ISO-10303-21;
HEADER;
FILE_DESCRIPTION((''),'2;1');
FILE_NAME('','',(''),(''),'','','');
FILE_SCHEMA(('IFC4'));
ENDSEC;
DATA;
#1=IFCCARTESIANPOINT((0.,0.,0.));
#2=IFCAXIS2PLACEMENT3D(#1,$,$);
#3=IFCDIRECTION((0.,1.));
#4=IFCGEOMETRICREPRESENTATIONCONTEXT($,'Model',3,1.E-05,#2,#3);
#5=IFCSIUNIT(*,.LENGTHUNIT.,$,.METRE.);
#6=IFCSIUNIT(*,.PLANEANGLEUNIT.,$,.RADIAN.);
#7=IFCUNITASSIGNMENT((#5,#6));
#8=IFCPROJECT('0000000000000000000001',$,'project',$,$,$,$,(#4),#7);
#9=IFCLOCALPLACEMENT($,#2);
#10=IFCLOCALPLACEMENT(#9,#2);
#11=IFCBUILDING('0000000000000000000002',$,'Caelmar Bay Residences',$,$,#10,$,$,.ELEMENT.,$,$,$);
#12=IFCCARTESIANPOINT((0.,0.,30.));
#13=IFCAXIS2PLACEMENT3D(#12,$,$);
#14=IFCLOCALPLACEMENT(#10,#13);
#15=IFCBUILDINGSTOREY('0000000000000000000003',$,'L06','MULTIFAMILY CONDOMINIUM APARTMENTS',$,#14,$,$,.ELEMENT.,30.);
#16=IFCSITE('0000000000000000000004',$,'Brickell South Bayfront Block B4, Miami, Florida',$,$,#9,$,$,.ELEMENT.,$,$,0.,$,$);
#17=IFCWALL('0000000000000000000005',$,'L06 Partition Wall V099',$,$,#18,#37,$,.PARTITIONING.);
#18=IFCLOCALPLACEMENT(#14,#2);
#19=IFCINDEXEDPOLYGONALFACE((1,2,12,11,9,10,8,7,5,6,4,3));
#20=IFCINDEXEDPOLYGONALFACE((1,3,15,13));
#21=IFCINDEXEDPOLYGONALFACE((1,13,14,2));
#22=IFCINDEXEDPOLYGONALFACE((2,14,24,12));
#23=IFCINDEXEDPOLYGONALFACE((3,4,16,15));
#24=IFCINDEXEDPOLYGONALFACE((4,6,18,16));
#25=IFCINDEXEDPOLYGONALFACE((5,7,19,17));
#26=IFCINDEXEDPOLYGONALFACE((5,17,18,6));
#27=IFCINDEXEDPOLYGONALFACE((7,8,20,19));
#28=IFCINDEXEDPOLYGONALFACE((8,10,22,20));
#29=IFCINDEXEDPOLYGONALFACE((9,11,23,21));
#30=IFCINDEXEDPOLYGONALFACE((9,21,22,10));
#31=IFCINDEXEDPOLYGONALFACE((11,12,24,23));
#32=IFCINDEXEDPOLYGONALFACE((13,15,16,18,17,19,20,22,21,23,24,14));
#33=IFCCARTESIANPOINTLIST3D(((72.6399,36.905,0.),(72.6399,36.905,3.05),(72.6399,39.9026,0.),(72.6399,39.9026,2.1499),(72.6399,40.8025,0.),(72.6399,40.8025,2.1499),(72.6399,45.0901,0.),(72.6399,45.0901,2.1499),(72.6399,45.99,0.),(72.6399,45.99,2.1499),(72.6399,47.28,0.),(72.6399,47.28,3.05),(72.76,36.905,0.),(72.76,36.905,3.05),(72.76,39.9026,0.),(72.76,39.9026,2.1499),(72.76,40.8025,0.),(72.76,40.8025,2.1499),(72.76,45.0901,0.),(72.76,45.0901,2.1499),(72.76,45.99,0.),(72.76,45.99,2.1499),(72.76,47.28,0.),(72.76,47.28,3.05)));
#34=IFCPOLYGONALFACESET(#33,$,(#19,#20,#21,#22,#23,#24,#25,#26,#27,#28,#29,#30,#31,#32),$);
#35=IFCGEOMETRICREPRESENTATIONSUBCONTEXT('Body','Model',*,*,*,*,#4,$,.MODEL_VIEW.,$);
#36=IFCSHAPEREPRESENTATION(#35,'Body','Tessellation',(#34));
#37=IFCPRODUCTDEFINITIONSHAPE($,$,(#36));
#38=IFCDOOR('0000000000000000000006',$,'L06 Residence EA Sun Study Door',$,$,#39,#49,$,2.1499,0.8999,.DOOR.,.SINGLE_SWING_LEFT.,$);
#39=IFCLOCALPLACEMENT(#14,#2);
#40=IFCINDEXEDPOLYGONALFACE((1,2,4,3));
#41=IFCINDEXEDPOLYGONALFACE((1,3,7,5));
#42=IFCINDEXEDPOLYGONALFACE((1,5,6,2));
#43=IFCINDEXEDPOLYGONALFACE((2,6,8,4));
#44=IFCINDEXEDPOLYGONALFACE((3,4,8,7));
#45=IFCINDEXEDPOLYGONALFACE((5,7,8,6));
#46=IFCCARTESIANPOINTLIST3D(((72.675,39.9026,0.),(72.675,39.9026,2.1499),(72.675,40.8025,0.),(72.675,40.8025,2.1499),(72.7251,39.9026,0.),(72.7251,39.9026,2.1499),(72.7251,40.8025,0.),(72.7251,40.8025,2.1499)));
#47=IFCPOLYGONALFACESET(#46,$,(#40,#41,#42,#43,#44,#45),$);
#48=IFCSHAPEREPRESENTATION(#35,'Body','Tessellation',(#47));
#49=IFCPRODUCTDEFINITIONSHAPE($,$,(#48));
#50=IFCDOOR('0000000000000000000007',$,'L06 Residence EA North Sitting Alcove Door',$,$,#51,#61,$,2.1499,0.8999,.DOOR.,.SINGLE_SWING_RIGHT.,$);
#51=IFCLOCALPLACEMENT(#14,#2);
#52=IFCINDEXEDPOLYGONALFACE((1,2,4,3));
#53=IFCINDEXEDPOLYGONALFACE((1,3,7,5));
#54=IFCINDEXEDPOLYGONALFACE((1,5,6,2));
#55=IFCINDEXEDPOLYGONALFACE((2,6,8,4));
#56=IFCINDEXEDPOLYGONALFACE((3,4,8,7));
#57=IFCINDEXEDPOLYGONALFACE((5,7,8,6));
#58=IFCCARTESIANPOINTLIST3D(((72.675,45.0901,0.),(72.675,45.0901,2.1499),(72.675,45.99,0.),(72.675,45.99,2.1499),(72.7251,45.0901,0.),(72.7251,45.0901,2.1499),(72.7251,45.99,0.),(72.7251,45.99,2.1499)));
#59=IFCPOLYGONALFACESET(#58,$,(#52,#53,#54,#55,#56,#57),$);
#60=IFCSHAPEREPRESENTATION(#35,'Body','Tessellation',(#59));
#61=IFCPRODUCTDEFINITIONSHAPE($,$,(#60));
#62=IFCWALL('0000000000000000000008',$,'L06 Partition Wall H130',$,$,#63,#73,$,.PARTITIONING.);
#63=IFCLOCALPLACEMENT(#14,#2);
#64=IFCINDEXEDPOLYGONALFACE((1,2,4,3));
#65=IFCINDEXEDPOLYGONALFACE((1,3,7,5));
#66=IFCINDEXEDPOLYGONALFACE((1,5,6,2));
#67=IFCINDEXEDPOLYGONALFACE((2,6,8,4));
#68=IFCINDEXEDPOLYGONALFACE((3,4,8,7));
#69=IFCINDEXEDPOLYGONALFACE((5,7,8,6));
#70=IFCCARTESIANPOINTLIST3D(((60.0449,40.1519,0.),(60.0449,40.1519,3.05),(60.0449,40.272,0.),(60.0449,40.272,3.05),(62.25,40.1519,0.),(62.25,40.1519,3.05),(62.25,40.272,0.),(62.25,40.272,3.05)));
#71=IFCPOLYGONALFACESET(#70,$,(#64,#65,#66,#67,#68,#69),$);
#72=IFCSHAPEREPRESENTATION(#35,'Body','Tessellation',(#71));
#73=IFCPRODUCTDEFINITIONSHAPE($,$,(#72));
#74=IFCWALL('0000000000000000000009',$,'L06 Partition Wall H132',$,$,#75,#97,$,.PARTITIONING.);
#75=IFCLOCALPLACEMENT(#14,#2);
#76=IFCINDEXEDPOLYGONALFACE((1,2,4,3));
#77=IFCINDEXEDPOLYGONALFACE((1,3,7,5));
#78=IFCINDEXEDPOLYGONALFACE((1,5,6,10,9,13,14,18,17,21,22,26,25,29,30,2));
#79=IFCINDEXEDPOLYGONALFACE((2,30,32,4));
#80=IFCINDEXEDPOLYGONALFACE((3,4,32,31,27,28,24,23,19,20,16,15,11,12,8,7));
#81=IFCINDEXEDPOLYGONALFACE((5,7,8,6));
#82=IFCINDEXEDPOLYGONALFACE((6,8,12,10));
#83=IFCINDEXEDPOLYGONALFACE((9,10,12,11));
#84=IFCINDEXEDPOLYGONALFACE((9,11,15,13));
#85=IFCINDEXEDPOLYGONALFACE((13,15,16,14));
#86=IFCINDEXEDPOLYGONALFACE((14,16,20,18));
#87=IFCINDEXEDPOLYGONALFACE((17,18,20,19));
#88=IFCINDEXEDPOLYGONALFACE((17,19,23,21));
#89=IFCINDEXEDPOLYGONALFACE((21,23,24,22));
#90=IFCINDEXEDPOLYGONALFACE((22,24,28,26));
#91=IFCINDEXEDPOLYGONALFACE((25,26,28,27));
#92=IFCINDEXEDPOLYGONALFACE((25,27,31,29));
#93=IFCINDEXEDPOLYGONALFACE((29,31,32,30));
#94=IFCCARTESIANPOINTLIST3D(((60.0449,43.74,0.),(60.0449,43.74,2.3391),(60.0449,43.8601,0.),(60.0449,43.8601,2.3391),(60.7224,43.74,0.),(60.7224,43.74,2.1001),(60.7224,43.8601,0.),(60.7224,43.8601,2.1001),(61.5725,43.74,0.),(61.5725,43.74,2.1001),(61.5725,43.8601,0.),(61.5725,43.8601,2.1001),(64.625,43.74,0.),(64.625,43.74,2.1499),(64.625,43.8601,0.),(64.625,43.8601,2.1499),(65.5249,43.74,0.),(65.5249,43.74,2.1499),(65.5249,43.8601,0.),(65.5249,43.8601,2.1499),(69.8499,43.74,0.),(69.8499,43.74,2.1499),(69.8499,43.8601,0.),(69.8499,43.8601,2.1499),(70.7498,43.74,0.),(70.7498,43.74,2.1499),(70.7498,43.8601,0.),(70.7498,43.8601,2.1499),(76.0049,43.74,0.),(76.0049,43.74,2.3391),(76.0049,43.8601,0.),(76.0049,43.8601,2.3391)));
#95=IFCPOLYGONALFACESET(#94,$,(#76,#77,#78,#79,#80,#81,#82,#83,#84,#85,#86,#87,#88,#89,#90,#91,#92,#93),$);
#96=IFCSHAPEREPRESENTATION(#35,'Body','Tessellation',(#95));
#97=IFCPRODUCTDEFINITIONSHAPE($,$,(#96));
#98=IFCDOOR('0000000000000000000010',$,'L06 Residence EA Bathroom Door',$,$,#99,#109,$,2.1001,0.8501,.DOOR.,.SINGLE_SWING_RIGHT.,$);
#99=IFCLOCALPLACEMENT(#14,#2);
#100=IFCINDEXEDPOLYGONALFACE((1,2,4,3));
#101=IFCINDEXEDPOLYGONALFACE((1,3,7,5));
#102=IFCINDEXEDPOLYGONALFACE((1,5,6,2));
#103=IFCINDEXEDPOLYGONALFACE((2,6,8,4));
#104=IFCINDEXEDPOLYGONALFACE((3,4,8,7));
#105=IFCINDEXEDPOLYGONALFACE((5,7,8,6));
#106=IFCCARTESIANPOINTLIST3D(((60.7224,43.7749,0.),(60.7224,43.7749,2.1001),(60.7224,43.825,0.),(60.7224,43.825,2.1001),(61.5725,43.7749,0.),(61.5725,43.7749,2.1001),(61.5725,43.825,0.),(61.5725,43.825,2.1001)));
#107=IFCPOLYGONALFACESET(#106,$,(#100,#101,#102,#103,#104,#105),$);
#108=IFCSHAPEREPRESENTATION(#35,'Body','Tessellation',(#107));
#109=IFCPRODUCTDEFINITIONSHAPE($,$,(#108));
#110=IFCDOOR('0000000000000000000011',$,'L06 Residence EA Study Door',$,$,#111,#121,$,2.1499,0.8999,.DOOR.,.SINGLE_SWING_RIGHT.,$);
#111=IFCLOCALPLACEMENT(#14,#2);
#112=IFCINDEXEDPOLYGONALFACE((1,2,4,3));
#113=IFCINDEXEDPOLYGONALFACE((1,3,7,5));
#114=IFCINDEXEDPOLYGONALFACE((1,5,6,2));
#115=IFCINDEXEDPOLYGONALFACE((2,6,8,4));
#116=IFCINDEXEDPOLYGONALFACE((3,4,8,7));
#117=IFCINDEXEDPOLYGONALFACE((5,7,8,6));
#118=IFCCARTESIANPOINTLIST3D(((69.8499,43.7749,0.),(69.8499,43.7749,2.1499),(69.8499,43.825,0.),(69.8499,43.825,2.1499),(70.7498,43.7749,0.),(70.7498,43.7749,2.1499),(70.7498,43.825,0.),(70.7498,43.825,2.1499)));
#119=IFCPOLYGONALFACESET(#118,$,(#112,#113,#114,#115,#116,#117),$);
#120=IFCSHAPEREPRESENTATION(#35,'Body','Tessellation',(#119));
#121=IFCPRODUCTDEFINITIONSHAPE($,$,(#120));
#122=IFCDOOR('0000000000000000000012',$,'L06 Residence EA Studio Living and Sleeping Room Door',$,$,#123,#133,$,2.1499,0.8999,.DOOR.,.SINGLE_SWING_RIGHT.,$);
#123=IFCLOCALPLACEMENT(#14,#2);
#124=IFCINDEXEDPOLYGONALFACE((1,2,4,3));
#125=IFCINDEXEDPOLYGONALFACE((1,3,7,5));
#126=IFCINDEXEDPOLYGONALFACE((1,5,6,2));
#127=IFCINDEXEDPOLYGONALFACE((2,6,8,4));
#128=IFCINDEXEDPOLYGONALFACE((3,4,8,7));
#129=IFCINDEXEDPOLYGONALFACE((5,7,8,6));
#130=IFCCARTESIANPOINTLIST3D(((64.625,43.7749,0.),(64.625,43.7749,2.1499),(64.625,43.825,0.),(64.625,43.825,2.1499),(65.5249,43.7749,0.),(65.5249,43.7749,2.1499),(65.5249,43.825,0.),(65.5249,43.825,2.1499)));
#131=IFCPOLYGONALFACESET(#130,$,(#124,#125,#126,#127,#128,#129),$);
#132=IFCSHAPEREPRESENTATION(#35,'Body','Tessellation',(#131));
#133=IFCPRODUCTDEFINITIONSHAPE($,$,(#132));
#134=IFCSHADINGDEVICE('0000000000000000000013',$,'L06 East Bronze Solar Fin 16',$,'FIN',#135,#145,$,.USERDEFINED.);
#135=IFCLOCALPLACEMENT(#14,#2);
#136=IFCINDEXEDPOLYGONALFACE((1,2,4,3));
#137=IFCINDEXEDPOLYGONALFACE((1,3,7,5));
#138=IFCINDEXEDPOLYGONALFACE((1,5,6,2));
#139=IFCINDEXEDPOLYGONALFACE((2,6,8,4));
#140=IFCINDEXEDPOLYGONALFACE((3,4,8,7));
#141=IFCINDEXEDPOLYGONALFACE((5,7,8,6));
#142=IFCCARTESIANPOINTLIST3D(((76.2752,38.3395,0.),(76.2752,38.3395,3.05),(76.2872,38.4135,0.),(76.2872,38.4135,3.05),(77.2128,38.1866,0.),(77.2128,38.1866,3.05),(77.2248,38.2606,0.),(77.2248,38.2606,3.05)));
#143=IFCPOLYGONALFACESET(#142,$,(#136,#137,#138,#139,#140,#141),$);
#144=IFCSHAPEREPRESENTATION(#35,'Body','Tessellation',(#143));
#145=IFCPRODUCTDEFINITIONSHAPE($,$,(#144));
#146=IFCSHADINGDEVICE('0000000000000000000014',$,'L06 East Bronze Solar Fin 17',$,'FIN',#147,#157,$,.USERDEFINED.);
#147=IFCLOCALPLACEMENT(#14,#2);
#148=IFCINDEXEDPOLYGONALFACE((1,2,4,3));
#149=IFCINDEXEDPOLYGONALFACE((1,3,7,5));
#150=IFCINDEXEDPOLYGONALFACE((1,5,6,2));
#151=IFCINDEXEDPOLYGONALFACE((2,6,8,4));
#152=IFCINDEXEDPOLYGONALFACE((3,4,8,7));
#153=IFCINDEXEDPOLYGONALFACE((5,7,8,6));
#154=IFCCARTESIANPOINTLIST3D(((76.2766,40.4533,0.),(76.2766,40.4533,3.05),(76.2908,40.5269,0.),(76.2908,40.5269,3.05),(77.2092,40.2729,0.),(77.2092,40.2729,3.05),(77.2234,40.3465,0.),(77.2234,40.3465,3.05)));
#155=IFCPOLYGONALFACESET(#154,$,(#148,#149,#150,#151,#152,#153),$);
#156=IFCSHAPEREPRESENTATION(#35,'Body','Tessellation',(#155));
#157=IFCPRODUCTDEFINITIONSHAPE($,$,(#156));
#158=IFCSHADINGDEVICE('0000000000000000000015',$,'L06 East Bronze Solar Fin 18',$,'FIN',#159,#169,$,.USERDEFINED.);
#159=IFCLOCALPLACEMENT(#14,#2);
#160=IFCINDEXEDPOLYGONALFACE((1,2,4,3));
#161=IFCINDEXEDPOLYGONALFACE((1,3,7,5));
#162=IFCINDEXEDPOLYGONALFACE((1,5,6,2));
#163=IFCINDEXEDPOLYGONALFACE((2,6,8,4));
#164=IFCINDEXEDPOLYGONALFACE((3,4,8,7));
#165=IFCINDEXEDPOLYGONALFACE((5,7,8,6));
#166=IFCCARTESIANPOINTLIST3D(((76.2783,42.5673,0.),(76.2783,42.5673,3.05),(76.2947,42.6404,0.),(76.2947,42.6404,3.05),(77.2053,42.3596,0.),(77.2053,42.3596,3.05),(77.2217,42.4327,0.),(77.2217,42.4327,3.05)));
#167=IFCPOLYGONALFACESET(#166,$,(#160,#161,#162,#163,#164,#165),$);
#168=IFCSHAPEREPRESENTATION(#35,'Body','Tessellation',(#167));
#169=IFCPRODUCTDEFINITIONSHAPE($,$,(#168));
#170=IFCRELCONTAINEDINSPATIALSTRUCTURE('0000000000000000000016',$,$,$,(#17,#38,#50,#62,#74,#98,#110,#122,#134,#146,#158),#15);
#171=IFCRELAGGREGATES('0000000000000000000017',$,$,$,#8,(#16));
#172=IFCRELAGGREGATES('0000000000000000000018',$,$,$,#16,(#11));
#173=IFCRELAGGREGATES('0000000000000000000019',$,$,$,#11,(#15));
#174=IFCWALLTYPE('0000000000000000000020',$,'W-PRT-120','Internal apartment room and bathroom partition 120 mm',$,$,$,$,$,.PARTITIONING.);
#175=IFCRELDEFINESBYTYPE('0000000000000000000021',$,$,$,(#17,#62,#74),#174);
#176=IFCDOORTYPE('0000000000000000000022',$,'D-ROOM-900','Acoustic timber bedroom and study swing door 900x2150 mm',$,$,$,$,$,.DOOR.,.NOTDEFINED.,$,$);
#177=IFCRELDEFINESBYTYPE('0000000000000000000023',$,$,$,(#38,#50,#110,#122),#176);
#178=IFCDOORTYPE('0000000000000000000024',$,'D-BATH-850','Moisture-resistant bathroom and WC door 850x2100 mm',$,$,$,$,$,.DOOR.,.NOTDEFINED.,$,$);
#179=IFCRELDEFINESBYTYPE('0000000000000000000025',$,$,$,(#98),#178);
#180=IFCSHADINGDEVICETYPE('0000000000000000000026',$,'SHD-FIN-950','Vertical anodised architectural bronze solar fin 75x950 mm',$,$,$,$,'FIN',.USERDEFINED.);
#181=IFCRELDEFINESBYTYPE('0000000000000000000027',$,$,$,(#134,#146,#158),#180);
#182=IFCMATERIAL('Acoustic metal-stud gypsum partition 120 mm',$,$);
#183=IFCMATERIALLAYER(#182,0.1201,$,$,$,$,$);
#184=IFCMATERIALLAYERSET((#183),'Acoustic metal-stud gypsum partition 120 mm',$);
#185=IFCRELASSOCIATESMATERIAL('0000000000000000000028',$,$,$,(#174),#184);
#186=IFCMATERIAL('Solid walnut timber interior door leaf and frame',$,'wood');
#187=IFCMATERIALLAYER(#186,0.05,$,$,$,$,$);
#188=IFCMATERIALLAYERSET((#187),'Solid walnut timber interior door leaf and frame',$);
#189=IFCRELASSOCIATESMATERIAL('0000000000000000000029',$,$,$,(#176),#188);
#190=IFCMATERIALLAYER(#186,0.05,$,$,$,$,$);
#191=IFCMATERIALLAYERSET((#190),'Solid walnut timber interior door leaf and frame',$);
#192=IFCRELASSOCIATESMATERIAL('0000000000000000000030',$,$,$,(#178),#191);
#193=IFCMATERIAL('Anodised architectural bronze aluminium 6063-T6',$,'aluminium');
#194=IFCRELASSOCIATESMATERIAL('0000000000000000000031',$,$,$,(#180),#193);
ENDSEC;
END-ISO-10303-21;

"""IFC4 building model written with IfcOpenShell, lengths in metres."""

from ifc_helpers import new_model, si_unit, direction, frame, frame_2d, origin, origin_2d, place, context, subcontext, project, spatial, rectangle, extrude, material, layer, layer_set, material_profile, profile_set, type_object, element, fill, save


model = new_model("IFC4")

# Units and contexts
model_context = context("Model", 3, precision=1e-05, world=origin(), true_north=direction((0.0, 1.0)))
body_context = subcontext(model_context, "Body", "Model", "MODEL_VIEW")
ifc_project = project(units=[si_unit("LENGTHUNIT", "METRE"), si_unit("PLANEANGLEUNIT", "RADIAN")], contexts=[model_context])

# Site, building, storey
site_placement = place(None, origin())
site = spatial("IfcSite", under=ifc_project, at=site_placement, Name="Brickell South Bayfront Block B4, Miami, Florida", CompositionType="ELEMENT", RefElevation=0.0)
building_placement = place(site_placement, origin())
building = spatial("IfcBuilding", under=site, at=building_placement, Name="Caelmar Bay Residences", CompositionType="ELEMENT")
storey_placement = place(building_placement, frame((0.0, 0.0, 30.0)))
storey = spatial("IfcBuildingStorey", under=building, at=storey_placement, Name="L06", Description="MULTIFAMILY CONDOMINIUM APARTMENTS", CompositionType="ELEMENT", Elevation=30.0)

# Wall, openings, doors
ifc_material_1 = material(Name="Acoustic metal-stud gypsum partition 120 mm")
ifc_layer_1 = layer(ifc_material_1, 0.1201)
ifc_layer_set_1 = layer_set([ifc_layer_1], Name="Acoustic metal-stud gypsum partition 120 mm")
wall_type_1 = type_object("IfcWallType", Name="W-PRT-120", Description="Internal apartment room and bathroom partition 120 mm", PredefinedType="PARTITIONING", material=ifc_layer_set_1)
wall_1_placement = place(storey_placement, frame((72.7, 36.905, 0.0), z_axis=(0.0, 0.0, 1.0), x_axis=(0.0, 1.0, 0.0)))
wall_1 = element("IfcWall", 1, at=wall_1_placement, inside=storey, type_object=wall_type_1, Name="L06 Partition Wall V099", PredefinedType="PARTITIONING", context=body_context, shape_type="SweptSolid", body=[
    extrude(rectangle(XDim=10.375, YDim=0.1201, at=frame_2d((5.1875, 0.0))), origin(), (0.0, 0.0, 1.0), 3.05),
])
opening_1_placement = place(wall_1_placement, frame((2.9976, 0.0, 0.0)))
opening_1 = element("IfcOpeningElement", 2, at=opening_1_placement, cuts=wall_1, PredefinedType="OPENING", context=body_context, shape_type="SweptSolid", body=[
    extrude(rectangle(XDim=0.8999, YDim=2.1499, at=frame_2d((0.45, 1.075))), frame((0.0, 0.0701, 0.0), z_axis=(0.0, -1.0, 0.0), x_axis=(1.0, 0.0, 0.0)), (0.0, 0.0, 1.0), 0.1401),
])
opening_2_placement = place(wall_1_placement, frame((8.1851, 0.0, 0.0)))
opening_2 = element("IfcOpeningElement", 3, at=opening_2_placement, cuts=wall_1, PredefinedType="OPENING", context=body_context, shape_type="SweptSolid", body=[
    extrude(rectangle(XDim=0.8999, YDim=2.1499, at=frame_2d((0.45, 1.075))), frame((0.0, 0.0701, 0.0), z_axis=(0.0, -1.0, 0.0), x_axis=(1.0, 0.0, 0.0)), (0.0, 0.0, 1.0), 0.1401),
])
ifc_material_2 = material(Name="Solid walnut timber interior door leaf and frame", Category="wood")
ifc_layer_2 = layer(ifc_material_2, 0.05)
ifc_layer_set_2 = layer_set([ifc_layer_2], Name="Solid walnut timber interior door leaf and frame")
door_type_1 = type_object("IfcDoorType", Name="D-ROOM-900", Description="Acoustic timber bedroom and study swing door 900x2150 mm", OperationType="NOTDEFINED", PredefinedType="DOOR", material=ifc_layer_set_2)
door_1_placement = place(opening_1_placement, origin())
door_1 = element("IfcDoor", 4, at=door_1_placement, inside=storey, type_object=door_type_1, Name="L06 Residence EA Sun Study Door", OperationType="SINGLE_SWING_LEFT", OverallHeight=2.1499, OverallWidth=0.8999, PredefinedType="DOOR", context=body_context, shape_type="SweptSolid", body=[
    extrude(rectangle(XDim=0.8999, YDim=2.1499, at=frame_2d((0.45, 1.075))), frame((0.0, 0.0249, 0.0), z_axis=(0.0, -1.0, 0.0), x_axis=(1.0, 0.0, 0.0)), (0.0, 0.0, 1.0), 0.05),
])
fill(opening_1, door_1)
door_2_placement = place(opening_2_placement, origin())
door_2 = element("IfcDoor", 5, at=door_2_placement, inside=storey, type_object=door_type_1, Name="L06 Residence EA North Sitting Alcove Door", OperationType="SINGLE_SWING_RIGHT", OverallHeight=2.1499, OverallWidth=0.8999, PredefinedType="DOOR", context=body_context, shape_type="SweptSolid", body=[
    extrude(rectangle(XDim=0.8999, YDim=2.1499, at=frame_2d((0.45, 1.075))), frame((0.0, 0.0249, 0.0), z_axis=(0.0, -1.0, 0.0), x_axis=(1.0, 0.0, 0.0)), (0.0, 0.0, 1.0), 0.05),
])
fill(opening_2, door_2)

# Wall
wall_2_placement = place(storey_placement, frame((60.0449, 40.2119, 0.0), z_axis=(0.0, 0.0, 1.0), x_axis=(1.0, 0.0, 0.0)))
element("IfcWall", 6, at=wall_2_placement, inside=storey, type_object=wall_type_1, Name="L06 Partition Wall H130", PredefinedType="PARTITIONING", context=body_context, shape_type="SweptSolid", body=[
    extrude(rectangle(XDim=2.2051, YDim=0.1201, at=frame_2d((1.1025, 0.0))), origin(), (0.0, 0.0, 1.0), 3.05),
])

# Wall, openings, doors
wall_3_placement = place(storey_placement, frame((60.0449, 43.8, 0.0), z_axis=(0.0, 0.0, 1.0), x_axis=(1.0, 0.0, 0.0)))
wall_3 = element("IfcWall", 7, at=wall_3_placement, inside=storey, type_object=wall_type_1, Name="L06 Partition Wall H132", PredefinedType="PARTITIONING", context=body_context, shape_type="SweptSolid", body=[
    extrude(rectangle(XDim=15.96, YDim=0.1201, at=frame_2d((7.98, 0.0))), origin(), (0.0, 0.0, 1.0), 2.3391),
])
opening_3_placement = place(wall_3_placement, frame((9.8049, 0.0, 0.0)))
opening_3 = element("IfcOpeningElement", 8, at=opening_3_placement, cuts=wall_3, PredefinedType="OPENING", context=body_context, shape_type="SweptSolid", body=[
    extrude(rectangle(XDim=0.8999, YDim=2.1499, at=frame_2d((0.45, 1.075))), frame((0.0, 0.0701, 0.0), z_axis=(0.0, -1.0, 0.0), x_axis=(1.0, 0.0, 0.0)), (0.0, 0.0, 1.0), 0.1401),
])
opening_4_placement = place(wall_3_placement, frame((4.5801, 0.0, 0.0)))
opening_4 = element("IfcOpeningElement", 9, at=opening_4_placement, cuts=wall_3, PredefinedType="OPENING", context=body_context, shape_type="SweptSolid", body=[
    extrude(rectangle(XDim=0.8999, YDim=2.1499, at=frame_2d((0.45, 1.075))), frame((0.0, 0.0701, 0.0), z_axis=(0.0, -1.0, 0.0), x_axis=(1.0, 0.0, 0.0)), (0.0, 0.0, 1.0), 0.1401),
])
opening_5_placement = place(wall_3_placement, frame((0.6775, 0.0, 0.0)))
opening_5 = element("IfcOpeningElement", 10, at=opening_5_placement, cuts=wall_3, PredefinedType="OPENING", context=body_context, shape_type="SweptSolid", body=[
    extrude(rectangle(XDim=0.8501, YDim=2.1001, at=frame_2d((0.425, 1.05))), frame((0.0, 0.0701, 0.0), z_axis=(0.0, -1.0, 0.0), x_axis=(1.0, 0.0, 0.0)), (0.0, 0.0, 1.0), 0.1401),
])
ifc_layer_3 = layer(ifc_material_2, 0.05)
ifc_layer_set_3 = layer_set([ifc_layer_3], Name="Solid walnut timber interior door leaf and frame")
door_type_2 = type_object("IfcDoorType", Name="D-BATH-850", Description="Moisture-resistant bathroom and WC door 850x2100 mm", OperationType="NOTDEFINED", PredefinedType="DOOR", material=ifc_layer_set_3)
door_3_placement = place(opening_5_placement, origin())
door_3 = element("IfcDoor", 11, at=door_3_placement, inside=storey, type_object=door_type_2, Name="L06 Residence EA Bathroom Door", OperationType="SINGLE_SWING_RIGHT", OverallHeight=2.1001, OverallWidth=0.8501, PredefinedType="DOOR", context=body_context, shape_type="SweptSolid", body=[
    extrude(rectangle(XDim=0.8501, YDim=2.1001, at=frame_2d((0.425, 1.05))), frame((0.0, 0.0249, 0.0), z_axis=(0.0, -1.0, 0.0), x_axis=(1.0, 0.0, 0.0)), (0.0, 0.0, 1.0), 0.05),
])
fill(opening_5, door_3)
door_4_placement = place(opening_3_placement, origin())
door_4 = element("IfcDoor", 12, at=door_4_placement, inside=storey, type_object=door_type_1, Name="L06 Residence EA Study Door", OperationType="SINGLE_SWING_RIGHT", OverallHeight=2.1499, OverallWidth=0.8999, PredefinedType="DOOR", context=body_context, shape_type="SweptSolid", body=[
    extrude(rectangle(XDim=0.8999, YDim=2.1499, at=frame_2d((0.45, 1.075))), frame((0.0, 0.0249, 0.0), z_axis=(0.0, -1.0, 0.0), x_axis=(1.0, 0.0, 0.0)), (0.0, 0.0, 1.0), 0.05),
])
fill(opening_3, door_4)
door_5_placement = place(opening_4_placement, origin())
door_5 = element("IfcDoor", 13, at=door_5_placement, inside=storey, type_object=door_type_1, Name="L06 Residence EA Studio Living and Sleeping Room Door", OperationType="SINGLE_SWING_RIGHT", OverallHeight=2.1499, OverallWidth=0.8999, PredefinedType="DOOR", context=body_context, shape_type="SweptSolid", body=[
    extrude(rectangle(XDim=0.8999, YDim=2.1499, at=frame_2d((0.45, 1.075))), frame((0.0, 0.0249, 0.0), z_axis=(0.0, -1.0, 0.0), x_axis=(1.0, 0.0, 0.0)), (0.0, 0.0, 1.0), 0.05),
])
fill(opening_4, door_5)

# Shading devices
ifc_material_3 = material(Name="Anodised architectural bronze aluminium 6063-T6", Category="aluminium")
ifc_material_profile_1 = material_profile(ifc_material_3, rectangle(XDim=0.075, YDim=0.95, at=origin_2d()), Name="BRONZE-FIN-75X950")
ifc_profile_set_1 = profile_set([ifc_material_profile_1], Name="Anodised architectural bronze aluminium 6063-T6")
shading_device_type = type_object("IfcShadingDeviceType", Name="SHD-FIN-950", Description="Vertical anodised architectural bronze solar fin 75x950 mm", ElementType="FIN", PredefinedType="USERDEFINED", material=ifc_profile_set_1)
for number, where, z_axis, x_axis, name in (
    (14, (76.75, 38.3, 0.0), (0.0, 0.0, 1.0), (0.160915, 0.986968, 0.0), "L06 East Bronze Solar Fin 16"),
    (15, (76.75, 40.3999, 0.0), (0.0, 0.0, 1.0), (0.189952, 0.981793, 0.0), "L06 East Bronze Solar Fin 17"),
    (16, (76.75, 42.5, 0.0), (0.0, 0.0, 1.0), (0.218654, 0.975802, 0.0), "L06 East Bronze Solar Fin 18"),
):
    element("IfcShadingDevice", number, at=place(storey_placement, frame(where, z_axis=z_axis, x_axis=x_axis)), inside=storey, type_object=shading_device_type, Name=name, ObjectType="FIN", PredefinedType="USERDEFINED", context=body_context, shape_type="SweptSolid", body=[
        extrude(rectangle(XDim=0.075, YDim=0.95, at=origin_2d()), origin(), (0.0, 0.0, 1.0), 3.05),
    ])

save(model, "model.ifc")
